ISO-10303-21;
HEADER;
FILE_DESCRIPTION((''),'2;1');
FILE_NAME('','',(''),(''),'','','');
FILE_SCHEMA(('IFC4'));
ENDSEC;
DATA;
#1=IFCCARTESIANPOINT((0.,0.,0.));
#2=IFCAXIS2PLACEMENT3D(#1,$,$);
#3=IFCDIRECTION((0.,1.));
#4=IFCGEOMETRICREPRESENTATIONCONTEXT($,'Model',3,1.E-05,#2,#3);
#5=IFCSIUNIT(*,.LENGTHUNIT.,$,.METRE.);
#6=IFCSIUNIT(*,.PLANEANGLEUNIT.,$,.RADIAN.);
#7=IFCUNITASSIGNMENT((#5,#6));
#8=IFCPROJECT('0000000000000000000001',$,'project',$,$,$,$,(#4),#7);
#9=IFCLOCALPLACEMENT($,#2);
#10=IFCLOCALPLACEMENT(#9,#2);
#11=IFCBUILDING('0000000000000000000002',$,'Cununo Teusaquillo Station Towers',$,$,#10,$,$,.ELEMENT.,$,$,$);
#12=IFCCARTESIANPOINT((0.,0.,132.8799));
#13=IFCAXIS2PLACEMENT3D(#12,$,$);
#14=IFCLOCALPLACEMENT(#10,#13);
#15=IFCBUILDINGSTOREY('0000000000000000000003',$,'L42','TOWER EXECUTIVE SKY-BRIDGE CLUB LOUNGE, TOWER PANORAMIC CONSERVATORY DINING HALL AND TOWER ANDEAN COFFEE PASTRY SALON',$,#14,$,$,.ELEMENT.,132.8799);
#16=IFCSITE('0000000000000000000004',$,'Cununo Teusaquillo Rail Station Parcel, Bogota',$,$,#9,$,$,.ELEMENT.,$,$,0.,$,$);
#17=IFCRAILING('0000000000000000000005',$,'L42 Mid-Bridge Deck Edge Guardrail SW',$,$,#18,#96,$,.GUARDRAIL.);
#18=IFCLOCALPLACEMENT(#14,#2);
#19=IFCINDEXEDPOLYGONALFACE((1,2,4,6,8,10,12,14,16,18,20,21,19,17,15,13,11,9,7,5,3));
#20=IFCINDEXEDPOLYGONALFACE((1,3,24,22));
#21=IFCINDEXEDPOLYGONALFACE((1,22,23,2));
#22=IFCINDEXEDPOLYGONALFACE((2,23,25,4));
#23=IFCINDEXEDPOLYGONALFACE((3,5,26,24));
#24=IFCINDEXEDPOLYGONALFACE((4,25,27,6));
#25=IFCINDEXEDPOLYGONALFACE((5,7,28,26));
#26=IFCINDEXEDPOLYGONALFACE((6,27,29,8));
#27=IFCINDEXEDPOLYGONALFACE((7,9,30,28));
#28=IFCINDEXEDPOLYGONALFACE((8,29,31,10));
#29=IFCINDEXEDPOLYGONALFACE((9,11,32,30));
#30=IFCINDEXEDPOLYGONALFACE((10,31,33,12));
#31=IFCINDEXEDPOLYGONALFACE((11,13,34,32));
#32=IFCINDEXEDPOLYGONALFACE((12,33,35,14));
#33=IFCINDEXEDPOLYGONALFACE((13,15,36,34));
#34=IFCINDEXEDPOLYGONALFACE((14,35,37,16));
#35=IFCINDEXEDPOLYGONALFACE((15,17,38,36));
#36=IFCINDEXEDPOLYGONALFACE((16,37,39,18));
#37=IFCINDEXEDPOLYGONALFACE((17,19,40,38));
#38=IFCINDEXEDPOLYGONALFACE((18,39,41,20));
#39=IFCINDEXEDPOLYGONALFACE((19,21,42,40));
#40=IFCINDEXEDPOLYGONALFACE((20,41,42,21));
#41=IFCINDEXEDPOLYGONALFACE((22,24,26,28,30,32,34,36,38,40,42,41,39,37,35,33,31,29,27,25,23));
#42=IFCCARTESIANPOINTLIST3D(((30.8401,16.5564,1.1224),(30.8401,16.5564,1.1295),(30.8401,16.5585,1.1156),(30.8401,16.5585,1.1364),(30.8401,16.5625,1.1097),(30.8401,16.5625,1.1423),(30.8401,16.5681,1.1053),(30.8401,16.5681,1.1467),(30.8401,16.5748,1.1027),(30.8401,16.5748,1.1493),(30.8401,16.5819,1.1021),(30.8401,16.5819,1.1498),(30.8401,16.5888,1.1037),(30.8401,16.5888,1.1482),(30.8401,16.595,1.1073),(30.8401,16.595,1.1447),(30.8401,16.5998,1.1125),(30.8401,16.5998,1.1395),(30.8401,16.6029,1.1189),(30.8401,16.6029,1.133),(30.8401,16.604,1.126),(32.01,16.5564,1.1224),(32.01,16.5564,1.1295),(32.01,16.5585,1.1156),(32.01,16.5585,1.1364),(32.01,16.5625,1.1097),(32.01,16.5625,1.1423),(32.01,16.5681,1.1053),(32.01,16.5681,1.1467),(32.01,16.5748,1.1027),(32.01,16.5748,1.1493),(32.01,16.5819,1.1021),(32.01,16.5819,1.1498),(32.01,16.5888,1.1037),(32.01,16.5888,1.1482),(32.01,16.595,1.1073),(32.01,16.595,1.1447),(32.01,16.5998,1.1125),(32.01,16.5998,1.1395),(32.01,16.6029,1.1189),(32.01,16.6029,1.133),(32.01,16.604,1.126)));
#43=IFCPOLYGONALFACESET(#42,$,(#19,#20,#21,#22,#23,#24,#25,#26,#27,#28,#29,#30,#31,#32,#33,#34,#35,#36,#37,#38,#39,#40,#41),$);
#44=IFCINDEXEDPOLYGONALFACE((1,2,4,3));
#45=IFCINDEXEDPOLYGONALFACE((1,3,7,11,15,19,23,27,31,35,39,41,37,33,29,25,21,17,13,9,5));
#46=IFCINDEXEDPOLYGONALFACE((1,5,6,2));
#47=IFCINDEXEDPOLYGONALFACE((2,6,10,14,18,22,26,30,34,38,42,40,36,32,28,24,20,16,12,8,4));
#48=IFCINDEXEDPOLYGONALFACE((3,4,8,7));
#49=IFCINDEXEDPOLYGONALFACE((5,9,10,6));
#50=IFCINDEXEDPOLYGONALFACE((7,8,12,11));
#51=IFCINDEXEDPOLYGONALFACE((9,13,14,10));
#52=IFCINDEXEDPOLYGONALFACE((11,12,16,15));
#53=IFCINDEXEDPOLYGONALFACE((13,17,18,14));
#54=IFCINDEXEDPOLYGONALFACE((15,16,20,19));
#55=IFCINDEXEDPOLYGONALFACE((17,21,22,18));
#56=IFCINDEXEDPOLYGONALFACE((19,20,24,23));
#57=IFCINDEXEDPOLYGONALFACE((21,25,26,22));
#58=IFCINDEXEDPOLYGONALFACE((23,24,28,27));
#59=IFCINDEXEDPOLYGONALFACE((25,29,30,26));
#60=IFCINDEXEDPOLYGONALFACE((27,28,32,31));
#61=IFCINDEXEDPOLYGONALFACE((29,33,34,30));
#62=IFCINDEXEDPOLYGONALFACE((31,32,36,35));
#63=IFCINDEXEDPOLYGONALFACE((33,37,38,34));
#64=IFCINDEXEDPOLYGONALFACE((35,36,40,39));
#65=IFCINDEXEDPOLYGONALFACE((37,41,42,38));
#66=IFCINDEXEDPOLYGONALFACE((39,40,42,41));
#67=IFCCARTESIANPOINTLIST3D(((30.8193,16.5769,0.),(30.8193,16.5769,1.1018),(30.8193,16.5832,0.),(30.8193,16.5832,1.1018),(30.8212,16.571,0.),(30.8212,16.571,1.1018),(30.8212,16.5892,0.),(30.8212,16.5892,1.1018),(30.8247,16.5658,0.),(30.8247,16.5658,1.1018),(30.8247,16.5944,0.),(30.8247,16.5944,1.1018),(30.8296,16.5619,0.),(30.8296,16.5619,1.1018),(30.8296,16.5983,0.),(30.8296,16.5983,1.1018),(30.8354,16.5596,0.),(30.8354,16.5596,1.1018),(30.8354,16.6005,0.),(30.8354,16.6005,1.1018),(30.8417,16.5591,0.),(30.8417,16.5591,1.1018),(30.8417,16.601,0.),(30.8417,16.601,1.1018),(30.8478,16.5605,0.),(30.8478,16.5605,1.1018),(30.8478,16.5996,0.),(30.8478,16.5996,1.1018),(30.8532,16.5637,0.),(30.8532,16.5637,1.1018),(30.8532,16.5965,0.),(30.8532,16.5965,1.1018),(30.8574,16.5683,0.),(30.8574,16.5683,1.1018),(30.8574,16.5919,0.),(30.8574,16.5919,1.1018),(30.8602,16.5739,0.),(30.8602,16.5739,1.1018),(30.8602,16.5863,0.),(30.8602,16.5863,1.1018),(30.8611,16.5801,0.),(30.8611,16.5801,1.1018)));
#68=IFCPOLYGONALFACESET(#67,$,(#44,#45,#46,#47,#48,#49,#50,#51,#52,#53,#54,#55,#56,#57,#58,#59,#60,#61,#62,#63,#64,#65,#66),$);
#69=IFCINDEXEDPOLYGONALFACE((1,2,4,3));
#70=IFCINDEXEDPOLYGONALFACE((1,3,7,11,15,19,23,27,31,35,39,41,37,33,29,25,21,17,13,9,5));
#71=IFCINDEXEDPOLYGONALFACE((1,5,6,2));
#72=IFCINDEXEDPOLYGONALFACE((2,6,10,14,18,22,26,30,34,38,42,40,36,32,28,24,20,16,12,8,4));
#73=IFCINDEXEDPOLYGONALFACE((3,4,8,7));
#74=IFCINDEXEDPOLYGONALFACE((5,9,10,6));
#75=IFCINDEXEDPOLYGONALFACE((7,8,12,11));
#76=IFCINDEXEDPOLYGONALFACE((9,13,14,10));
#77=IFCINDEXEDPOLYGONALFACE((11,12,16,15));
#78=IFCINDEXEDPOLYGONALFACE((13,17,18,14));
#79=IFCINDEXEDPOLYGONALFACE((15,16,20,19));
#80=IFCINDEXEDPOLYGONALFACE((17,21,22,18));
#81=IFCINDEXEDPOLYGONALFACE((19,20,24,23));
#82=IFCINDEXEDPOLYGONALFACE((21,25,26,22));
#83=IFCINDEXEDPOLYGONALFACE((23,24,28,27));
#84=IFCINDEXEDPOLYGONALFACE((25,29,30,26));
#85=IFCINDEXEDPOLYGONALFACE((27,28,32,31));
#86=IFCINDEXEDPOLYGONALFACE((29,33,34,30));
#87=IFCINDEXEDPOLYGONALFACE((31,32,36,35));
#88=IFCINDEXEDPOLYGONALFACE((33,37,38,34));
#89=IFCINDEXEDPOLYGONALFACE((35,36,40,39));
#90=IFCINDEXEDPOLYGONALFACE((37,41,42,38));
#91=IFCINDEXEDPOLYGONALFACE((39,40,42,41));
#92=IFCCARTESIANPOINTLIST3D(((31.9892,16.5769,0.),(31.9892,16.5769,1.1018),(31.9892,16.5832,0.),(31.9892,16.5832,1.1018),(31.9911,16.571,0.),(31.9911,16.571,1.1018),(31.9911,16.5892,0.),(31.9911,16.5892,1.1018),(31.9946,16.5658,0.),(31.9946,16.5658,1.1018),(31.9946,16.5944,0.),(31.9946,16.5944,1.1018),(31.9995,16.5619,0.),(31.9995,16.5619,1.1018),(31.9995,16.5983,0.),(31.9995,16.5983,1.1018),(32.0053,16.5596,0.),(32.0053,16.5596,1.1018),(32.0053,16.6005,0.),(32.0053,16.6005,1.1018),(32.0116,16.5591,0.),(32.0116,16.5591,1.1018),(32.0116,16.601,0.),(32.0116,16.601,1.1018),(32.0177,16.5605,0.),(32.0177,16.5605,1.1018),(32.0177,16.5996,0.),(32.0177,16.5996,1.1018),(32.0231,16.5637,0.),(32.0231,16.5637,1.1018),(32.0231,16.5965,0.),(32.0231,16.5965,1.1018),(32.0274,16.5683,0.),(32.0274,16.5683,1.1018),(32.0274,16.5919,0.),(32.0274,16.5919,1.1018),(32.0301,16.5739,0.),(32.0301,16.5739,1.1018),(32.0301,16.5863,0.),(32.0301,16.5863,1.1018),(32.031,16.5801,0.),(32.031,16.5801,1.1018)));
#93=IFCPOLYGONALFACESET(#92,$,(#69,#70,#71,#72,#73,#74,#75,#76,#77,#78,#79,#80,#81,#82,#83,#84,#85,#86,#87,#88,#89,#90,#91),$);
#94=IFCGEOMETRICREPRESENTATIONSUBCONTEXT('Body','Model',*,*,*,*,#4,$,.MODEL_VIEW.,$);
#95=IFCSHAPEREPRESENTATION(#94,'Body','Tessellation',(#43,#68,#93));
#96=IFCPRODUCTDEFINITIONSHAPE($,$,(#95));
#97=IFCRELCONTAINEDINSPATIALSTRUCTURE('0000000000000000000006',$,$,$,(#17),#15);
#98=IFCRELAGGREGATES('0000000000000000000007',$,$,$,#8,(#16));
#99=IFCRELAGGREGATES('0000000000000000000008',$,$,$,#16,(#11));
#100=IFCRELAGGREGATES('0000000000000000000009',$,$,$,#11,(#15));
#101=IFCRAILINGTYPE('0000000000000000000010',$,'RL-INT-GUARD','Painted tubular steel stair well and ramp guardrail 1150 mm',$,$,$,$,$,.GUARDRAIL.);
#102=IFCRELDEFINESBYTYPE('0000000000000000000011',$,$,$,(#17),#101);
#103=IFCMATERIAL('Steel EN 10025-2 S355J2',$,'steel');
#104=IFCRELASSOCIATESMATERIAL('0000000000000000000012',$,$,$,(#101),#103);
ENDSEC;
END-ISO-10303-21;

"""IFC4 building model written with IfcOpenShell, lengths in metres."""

from ifc_helpers import new_model, si_unit, direction, frame, origin, origin_2d, place, context, subcontext, project, spatial, circle, extrude, material, type_object, element, save


model = new_model("IFC4")

# Units and contexts
model_context = context("Model", 3, precision=1e-05, world=origin(), true_north=direction((0.0, 1.0)))
body_context = subcontext(model_context, "Body", "Model", "MODEL_VIEW")
ifc_project = project(units=[si_unit("LENGTHUNIT", "METRE"), si_unit("PLANEANGLEUNIT", "RADIAN")], contexts=[model_context])

# Site, building, storey
site_placement = place(None, origin())
site = spatial("IfcSite", under=ifc_project, at=site_placement, Name="Cununo Teusaquillo Rail Station Parcel, Bogota", CompositionType="ELEMENT", RefElevation=0.0)
building_placement = place(site_placement, origin())
building = spatial("IfcBuilding", under=site, at=building_placement, Name="Cununo Teusaquillo Station Towers", CompositionType="ELEMENT")
storey_placement = place(building_placement, frame((0.0, 0.0, 132.8799)))
storey = spatial("IfcBuildingStorey", under=building, at=storey_placement, Name="L42", Description="TOWER EXECUTIVE SKY-BRIDGE CLUB LOUNGE, TOWER PANORAMIC CONSERVATORY DINING HALL AND TOWER ANDEAN COFFEE PASTRY SALON", CompositionType="ELEMENT", Elevation=132.8799)

# Railing
ifc_material_1 = material(Name="Steel EN 10025-2 S355J2", Category="steel")
railing_type = type_object("IfcRailingType", Name="RL-INT-GUARD", Description="Painted tubular steel stair well and ramp guardrail 1150 mm", PredefinedType="GUARDRAIL", material=ifc_material_1)
railing_placement = place(storey_placement, frame((30.8401, 16.5801, 0.0)))
element("IfcRailing", 1, at=railing_placement, inside=storey, type_object=railing_type, Name="L42 Mid-Bridge Deck Edge Guardrail SW", PredefinedType="GUARDRAIL", context=body_context, shape_type="SweptSolid", body=[
    extrude(circle(Radius=0.0239, at=origin_2d()), frame((0.0, 0.0, 1.126), z_axis=(1.0, 0.0, 0.0), x_axis=(0.0, 1.0, 0.0)), (0.0, 0.0, 1.0), 1.1699),
    extrude(circle(Radius=0.021, at=origin_2d()), origin(), (0.0, 0.0, 1.0), 1.1018),
    extrude(circle(Radius=0.021, at=origin_2d()), frame((1.1699, 0.0, 0.0)), (0.0, 0.0, 1.0), 1.1018),
])

save(model, "model.ifc")
